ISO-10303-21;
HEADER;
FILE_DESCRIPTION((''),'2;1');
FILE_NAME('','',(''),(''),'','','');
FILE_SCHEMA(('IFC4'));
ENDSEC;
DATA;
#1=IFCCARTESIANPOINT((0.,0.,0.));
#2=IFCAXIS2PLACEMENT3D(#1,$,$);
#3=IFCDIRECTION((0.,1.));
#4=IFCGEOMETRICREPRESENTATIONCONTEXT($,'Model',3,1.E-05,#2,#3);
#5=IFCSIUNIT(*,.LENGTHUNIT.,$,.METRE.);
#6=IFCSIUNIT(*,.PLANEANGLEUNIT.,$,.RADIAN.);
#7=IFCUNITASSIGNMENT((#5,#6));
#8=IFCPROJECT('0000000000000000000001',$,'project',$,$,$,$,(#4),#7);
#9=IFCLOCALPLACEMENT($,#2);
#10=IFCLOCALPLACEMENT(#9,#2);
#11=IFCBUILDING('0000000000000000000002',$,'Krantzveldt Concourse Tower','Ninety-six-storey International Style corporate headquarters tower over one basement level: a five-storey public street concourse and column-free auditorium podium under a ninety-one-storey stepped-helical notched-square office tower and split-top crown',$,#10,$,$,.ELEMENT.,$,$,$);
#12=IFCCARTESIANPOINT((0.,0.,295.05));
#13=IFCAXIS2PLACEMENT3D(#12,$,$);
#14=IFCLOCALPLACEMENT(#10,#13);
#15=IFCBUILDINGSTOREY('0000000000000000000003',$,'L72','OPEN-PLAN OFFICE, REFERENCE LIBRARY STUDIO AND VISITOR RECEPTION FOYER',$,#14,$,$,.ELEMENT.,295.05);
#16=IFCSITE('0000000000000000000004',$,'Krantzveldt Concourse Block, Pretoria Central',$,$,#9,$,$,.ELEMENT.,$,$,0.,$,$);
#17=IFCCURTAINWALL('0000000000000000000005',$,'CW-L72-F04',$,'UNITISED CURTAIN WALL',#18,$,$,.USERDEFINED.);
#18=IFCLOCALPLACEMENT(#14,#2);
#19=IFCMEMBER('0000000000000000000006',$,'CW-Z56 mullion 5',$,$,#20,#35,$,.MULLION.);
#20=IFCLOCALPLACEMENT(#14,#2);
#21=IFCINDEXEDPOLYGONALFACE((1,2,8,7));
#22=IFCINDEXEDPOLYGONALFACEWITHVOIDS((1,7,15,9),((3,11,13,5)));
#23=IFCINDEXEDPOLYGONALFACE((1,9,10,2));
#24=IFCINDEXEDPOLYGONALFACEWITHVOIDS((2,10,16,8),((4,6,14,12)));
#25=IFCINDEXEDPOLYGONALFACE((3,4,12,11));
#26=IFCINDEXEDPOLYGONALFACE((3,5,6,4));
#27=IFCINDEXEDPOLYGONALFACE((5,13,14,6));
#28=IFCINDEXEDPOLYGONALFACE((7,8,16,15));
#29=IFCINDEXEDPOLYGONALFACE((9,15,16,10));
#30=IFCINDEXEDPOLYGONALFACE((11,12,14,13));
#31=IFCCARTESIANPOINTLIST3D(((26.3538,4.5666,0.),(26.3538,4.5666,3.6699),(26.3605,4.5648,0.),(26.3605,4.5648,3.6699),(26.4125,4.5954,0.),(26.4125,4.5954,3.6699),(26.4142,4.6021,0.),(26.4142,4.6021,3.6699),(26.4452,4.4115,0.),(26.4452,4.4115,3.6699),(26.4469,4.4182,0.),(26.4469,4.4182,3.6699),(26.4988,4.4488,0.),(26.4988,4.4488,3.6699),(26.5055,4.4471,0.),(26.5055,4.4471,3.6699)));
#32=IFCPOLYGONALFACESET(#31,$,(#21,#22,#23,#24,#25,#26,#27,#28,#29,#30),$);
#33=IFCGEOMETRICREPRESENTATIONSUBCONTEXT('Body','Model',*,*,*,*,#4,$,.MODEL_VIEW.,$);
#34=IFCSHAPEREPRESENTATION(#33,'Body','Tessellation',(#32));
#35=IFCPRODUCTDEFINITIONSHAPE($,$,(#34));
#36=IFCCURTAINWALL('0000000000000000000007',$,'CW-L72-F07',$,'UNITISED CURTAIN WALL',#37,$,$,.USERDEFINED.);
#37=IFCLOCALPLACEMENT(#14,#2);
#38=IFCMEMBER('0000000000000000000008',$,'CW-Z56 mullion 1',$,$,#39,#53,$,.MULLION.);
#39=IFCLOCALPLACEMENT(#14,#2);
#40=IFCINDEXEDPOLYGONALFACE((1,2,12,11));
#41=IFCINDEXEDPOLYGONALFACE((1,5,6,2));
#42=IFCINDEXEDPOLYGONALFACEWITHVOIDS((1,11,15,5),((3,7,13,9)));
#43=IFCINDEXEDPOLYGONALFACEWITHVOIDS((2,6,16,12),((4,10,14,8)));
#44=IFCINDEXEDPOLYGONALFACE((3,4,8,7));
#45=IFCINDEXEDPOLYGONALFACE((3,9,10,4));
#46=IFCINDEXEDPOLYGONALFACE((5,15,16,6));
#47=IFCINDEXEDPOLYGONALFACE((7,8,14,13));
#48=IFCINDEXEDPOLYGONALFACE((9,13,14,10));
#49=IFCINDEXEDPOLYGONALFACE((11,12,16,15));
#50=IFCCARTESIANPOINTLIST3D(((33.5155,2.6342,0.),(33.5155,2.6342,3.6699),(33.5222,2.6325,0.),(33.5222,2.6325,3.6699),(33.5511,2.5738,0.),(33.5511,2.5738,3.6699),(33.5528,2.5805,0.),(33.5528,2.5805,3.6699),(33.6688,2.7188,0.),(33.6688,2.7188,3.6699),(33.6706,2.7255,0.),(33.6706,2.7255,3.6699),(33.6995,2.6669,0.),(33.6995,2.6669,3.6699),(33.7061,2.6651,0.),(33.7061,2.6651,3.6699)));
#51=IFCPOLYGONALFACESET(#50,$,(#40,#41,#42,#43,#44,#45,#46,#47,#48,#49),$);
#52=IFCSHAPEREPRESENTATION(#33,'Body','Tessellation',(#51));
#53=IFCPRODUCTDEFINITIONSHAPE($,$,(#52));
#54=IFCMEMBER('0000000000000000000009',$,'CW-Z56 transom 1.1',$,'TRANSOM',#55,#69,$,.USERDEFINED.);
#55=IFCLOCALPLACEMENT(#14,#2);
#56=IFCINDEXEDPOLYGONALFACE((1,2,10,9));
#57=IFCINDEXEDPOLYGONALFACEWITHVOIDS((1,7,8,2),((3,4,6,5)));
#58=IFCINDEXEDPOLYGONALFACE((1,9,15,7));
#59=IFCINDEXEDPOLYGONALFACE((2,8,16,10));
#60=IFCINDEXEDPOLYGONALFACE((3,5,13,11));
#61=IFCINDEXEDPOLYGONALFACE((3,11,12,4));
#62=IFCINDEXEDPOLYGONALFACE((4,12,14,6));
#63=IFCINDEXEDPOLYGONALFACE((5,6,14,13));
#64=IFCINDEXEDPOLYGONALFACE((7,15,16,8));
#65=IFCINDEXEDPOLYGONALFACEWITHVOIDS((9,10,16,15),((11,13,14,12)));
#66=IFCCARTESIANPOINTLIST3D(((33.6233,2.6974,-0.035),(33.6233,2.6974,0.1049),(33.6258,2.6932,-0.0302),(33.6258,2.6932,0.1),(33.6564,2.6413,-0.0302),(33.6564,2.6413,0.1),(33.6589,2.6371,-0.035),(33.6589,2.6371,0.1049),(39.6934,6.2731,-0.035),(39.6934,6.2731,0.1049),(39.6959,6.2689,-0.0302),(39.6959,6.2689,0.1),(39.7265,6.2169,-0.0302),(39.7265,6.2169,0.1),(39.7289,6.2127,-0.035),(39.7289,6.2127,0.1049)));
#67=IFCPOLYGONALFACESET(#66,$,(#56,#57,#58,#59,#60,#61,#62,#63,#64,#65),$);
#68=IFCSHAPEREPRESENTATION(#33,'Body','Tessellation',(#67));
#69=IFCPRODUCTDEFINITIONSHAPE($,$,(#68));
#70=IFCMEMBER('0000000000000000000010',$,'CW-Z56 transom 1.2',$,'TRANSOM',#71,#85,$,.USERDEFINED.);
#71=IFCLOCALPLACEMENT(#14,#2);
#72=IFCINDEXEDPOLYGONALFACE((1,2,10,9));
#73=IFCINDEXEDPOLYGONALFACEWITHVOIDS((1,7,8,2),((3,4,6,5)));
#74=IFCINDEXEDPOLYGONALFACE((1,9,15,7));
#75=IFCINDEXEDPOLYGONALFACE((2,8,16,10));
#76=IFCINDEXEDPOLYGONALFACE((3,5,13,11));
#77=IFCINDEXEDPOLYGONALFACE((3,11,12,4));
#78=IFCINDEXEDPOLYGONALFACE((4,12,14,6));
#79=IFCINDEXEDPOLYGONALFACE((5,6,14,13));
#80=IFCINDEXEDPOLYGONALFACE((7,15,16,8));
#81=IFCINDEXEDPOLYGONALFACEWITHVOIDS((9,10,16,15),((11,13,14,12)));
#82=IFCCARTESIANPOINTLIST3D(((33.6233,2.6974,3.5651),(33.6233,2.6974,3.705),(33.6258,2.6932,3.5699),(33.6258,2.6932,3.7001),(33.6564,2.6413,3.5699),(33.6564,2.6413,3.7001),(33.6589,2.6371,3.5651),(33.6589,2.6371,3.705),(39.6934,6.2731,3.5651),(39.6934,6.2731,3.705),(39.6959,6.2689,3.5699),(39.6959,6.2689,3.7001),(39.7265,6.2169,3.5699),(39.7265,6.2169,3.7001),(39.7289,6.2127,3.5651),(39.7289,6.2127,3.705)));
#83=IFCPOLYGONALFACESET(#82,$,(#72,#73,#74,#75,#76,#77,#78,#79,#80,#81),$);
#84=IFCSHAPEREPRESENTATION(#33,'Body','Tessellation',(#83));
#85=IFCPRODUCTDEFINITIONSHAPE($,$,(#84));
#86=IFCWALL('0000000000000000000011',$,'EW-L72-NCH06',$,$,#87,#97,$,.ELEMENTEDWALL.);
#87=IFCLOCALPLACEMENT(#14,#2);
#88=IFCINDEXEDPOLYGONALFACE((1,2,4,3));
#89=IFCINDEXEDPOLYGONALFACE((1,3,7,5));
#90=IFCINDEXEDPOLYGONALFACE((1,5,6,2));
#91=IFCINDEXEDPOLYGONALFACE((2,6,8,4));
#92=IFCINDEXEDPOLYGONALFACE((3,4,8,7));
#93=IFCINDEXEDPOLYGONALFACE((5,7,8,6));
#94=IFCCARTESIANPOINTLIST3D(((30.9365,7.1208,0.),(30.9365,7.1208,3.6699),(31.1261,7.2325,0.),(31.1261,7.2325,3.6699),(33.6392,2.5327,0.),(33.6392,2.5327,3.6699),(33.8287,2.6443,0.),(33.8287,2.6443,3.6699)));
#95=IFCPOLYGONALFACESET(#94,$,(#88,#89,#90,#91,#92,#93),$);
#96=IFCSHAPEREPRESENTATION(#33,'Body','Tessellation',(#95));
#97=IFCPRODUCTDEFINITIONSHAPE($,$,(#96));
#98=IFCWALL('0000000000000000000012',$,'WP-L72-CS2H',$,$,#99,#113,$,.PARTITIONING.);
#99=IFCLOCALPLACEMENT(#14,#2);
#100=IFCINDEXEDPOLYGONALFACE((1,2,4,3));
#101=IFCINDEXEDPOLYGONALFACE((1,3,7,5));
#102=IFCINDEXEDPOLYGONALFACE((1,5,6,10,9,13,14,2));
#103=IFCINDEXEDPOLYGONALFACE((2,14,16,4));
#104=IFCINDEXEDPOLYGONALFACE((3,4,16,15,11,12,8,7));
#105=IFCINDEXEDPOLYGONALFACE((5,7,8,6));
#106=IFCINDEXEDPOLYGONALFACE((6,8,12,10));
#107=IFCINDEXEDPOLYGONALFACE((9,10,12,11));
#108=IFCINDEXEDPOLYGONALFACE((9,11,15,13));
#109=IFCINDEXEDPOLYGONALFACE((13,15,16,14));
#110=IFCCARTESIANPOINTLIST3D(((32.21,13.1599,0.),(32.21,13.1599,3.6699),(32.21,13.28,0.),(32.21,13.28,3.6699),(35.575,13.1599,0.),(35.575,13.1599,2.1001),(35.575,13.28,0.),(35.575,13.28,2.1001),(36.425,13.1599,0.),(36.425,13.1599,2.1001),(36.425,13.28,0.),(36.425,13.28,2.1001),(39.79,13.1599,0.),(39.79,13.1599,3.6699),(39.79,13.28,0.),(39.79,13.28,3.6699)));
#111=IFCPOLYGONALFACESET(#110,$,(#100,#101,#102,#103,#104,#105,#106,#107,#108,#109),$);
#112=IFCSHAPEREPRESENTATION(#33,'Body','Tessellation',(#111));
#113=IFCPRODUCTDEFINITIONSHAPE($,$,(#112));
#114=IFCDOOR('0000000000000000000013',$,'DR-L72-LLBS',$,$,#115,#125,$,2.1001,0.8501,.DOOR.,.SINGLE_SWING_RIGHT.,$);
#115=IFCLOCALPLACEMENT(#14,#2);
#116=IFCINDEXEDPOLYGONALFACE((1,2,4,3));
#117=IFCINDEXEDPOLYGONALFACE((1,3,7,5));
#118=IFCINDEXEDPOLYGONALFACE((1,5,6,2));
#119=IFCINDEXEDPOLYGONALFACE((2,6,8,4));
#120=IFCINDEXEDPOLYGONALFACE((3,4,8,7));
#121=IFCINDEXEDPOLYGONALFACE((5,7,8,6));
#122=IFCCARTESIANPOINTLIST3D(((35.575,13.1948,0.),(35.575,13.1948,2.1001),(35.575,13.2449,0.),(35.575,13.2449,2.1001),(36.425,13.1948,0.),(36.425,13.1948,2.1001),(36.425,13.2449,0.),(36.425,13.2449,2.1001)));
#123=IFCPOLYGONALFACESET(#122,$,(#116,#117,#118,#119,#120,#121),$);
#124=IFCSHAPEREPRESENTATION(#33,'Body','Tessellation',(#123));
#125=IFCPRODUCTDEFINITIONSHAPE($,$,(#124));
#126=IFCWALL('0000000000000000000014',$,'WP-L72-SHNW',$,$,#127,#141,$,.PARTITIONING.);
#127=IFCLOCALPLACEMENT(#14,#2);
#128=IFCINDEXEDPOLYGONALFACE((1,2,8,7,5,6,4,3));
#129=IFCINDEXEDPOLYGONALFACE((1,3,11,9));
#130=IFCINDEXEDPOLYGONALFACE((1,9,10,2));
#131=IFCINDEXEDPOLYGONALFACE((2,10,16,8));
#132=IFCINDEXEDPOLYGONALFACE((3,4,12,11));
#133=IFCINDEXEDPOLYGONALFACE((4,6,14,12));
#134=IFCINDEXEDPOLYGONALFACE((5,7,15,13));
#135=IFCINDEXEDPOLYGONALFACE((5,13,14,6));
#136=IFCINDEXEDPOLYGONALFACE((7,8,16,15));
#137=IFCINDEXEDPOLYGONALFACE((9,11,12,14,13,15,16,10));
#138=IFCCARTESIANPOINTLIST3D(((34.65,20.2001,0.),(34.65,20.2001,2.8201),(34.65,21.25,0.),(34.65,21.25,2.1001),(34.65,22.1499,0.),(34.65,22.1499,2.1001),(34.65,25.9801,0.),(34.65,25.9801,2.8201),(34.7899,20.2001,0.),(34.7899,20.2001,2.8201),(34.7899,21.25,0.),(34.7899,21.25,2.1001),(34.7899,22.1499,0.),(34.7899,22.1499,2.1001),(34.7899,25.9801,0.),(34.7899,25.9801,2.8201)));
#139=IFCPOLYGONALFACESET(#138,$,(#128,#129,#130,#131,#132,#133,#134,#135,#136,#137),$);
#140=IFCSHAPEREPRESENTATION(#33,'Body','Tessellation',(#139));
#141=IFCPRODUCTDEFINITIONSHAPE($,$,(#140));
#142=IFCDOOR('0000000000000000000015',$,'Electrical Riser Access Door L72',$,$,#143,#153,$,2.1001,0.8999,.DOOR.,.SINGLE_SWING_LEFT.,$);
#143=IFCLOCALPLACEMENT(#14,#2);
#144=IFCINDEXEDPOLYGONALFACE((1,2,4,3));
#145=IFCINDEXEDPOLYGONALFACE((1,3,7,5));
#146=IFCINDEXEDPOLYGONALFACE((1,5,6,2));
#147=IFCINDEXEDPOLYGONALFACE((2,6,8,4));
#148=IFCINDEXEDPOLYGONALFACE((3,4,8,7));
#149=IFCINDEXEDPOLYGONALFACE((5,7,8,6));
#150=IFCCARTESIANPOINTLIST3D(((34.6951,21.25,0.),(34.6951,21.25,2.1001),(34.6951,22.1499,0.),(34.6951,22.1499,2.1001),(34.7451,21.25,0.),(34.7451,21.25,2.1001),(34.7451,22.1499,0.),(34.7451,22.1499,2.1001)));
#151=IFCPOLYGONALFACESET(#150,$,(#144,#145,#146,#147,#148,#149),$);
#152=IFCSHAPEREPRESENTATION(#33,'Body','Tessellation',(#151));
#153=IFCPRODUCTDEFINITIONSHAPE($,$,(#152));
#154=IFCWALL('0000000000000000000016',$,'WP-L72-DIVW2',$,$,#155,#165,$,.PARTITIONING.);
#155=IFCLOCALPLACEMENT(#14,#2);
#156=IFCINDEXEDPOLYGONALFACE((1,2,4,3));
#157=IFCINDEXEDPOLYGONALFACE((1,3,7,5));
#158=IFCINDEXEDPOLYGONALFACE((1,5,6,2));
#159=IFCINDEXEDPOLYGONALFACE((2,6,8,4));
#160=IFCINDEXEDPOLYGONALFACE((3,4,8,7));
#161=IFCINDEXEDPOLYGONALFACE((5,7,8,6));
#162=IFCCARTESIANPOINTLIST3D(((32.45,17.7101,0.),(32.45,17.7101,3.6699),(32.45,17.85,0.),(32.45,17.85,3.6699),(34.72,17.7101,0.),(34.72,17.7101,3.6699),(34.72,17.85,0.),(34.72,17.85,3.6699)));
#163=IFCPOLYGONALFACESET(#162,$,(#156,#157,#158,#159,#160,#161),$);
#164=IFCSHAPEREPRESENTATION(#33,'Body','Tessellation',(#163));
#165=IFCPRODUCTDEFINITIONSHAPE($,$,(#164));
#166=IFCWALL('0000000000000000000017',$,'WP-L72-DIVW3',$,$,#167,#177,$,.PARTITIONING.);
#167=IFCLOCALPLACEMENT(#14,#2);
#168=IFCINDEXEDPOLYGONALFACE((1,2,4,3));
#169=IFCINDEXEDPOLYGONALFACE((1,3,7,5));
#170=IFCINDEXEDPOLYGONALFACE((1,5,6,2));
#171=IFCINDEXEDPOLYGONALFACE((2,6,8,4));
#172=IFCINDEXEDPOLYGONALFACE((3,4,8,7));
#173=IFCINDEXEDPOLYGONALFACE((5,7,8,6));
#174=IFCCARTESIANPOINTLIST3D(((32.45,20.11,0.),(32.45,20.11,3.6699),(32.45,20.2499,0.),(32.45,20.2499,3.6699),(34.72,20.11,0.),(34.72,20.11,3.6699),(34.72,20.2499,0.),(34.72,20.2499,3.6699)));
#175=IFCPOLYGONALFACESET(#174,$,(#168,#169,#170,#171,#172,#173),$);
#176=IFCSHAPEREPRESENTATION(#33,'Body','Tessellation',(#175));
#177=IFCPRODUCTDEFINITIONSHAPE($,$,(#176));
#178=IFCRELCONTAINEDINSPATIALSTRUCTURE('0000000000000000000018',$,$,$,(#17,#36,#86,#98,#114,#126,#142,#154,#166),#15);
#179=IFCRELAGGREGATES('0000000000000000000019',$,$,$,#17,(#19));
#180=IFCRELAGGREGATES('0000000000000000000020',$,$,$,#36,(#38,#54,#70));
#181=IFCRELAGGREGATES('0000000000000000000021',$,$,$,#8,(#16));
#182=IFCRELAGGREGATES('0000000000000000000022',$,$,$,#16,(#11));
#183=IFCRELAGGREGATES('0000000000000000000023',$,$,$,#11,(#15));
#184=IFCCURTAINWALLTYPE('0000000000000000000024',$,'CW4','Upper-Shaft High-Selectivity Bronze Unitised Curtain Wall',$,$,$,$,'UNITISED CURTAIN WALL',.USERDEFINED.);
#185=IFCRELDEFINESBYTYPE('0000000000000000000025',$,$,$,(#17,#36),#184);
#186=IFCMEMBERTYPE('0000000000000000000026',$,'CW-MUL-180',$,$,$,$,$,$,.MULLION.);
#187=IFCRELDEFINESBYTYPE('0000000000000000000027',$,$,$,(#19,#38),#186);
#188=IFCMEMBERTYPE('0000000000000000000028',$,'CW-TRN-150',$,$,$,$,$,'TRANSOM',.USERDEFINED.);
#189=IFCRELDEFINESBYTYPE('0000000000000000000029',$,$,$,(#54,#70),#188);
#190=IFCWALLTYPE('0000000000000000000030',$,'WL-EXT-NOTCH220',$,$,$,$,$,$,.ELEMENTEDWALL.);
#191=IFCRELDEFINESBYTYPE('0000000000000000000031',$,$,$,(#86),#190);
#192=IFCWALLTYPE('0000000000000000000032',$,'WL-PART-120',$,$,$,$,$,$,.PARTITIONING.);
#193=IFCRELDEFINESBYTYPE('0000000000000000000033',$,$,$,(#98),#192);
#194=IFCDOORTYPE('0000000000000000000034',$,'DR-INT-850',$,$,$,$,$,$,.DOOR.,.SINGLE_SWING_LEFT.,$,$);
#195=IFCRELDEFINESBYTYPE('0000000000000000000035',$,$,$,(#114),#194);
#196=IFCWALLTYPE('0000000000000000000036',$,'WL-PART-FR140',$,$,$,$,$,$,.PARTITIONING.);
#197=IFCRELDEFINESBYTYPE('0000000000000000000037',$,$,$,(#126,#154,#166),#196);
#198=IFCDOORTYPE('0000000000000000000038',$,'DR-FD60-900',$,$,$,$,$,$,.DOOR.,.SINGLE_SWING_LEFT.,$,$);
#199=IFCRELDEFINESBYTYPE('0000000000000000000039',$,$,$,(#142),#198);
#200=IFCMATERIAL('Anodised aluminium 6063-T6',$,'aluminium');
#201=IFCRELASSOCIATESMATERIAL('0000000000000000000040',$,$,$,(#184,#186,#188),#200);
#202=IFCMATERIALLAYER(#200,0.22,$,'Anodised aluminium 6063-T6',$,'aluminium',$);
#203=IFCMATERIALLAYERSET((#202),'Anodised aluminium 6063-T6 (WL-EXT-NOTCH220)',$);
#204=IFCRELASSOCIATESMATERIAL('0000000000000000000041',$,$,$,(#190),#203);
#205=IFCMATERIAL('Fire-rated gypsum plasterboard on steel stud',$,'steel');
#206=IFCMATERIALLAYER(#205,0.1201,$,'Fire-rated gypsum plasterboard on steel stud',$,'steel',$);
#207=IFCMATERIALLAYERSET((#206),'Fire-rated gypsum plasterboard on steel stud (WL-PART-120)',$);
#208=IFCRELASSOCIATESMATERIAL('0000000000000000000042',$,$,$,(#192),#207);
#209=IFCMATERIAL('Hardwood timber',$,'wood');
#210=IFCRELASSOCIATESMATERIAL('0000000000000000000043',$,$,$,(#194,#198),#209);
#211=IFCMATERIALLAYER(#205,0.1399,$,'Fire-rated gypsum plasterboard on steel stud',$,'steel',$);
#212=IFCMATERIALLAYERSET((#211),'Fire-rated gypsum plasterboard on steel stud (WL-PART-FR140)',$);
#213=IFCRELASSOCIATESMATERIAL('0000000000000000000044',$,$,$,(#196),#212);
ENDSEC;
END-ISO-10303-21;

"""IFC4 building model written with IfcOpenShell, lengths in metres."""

from ifc_helpers import new_model, si_unit, direction, frame, frame_2d, origin, origin_2d, place, context, subcontext, project, spatial, rectangle, hollow_rectangle, extrude, source, transform, mapped, material, layer, layer_set, material_profile, profile_set, type_object, type_shapes, element, fill, aggregate, save


model = new_model("IFC4")

# Units and contexts
model_context = context("Model", 3, precision=1e-05, world=origin(), true_north=direction((0.0, 1.0)))
body_context = subcontext(model_context, "Body", "Model", "MODEL_VIEW")
ifc_project = project(units=[si_unit("LENGTHUNIT", "METRE"), si_unit("PLANEANGLEUNIT", "RADIAN")], contexts=[model_context])

# Site, building, storey
site_placement = place(None, origin())
site = spatial("IfcSite", under=ifc_project, at=site_placement, Name="Krantzveldt Concourse Block, Pretoria Central", CompositionType="ELEMENT", RefElevation=0.0)
building_placement = place(site_placement, origin())
building = spatial("IfcBuilding", under=site, at=building_placement, Name="Krantzveldt Concourse Tower", Description="Ninety-six-storey International Style corporate headquarters tower over one basement level: a five-storey public street concourse and column-free auditorium podium under a ninety-one-storey stepped-helical notched-square office tower and split-top crown", CompositionType="ELEMENT")
storey_placement = place(building_placement, frame((0.0, 0.0, 295.05)))
storey = spatial("IfcBuildingStorey", under=building, at=storey_placement, Name="L72", Description="OPEN-PLAN OFFICE, REFERENCE LIBRARY STUDIO AND VISITOR RECEPTION FOYER", CompositionType="ELEMENT", Elevation=295.05)

# Curtain wall, member
ifc_material_1 = material(Name="Anodised aluminium 6063-T6", Category="aluminium")
curtain_wall_type = type_object("IfcCurtainWallType", Name="CW4", Description="Upper-Shaft High-Selectivity Bronze Unitised Curtain Wall", ElementType="UNITISED CURTAIN WALL", PredefinedType="USERDEFINED", material=ifc_material_1)
curtain_wall_1_placement = place(storey_placement, origin())
curtain_wall_1 = element("IfcCurtainWall", 1, at=curtain_wall_1_placement, inside=storey, type_object=curtain_wall_type, Name="CW-L72-F04", ObjectType="UNITISED CURTAIN WALL", PredefinedType="USERDEFINED")
ifc_material_profile_1 = material_profile(ifc_material_1, hollow_rectangle(XDim=0.0701, YDim=0.1799, WallThickness=0.0049, at=origin_2d()), Name="Anodised aluminium 6063-T6", Category="aluminium")
ifc_profile_set_1 = profile_set([ifc_material_profile_1], Name="Anodised aluminium 6063-T6 - ALU-MULL 180x70x5")
member_type_1 = type_object("IfcMemberType", Name="CW-MUL-180", PredefinedType="MULLION", material=ifc_profile_set_1)
shared_shape_1 = source(origin(), body_context, "Body", "SweptSolid", [
    extrude(hollow_rectangle(XDim=0.0701, YDim=0.1799, WallThickness=0.0049, at=origin_2d()), origin(), (0.0, 0.0, 1.0), 3.6699),
])
type_shapes(member_type_1, [shared_shape_1])
member_1_placement = place(storey_placement, frame((26.4297, 4.5068, 0.0), z_axis=(0.0, 0.0, 1.0), x_axis=(0.861629, 0.507538, 0.0)))
member_1 = element("IfcMember", 2, at=member_1_placement, type_object=member_type_1, Name="CW-Z56 mullion 5", PredefinedType="MULLION", context=body_context, shape_type="MappedRepresentation", body=[
    mapped(shared_shape_1, transform((0.0, 0.0, 0.0), x_axis=(1.0, 0.0, 0.0), y_axis=(0.0, 1.0, 0.0), z_axis=(0.0, 0.0, 1.0), scale=1.0)),
])
aggregate(curtain_wall_1, [member_1])

# Curtain wall, members
curtain_wall_2_placement = place(storey_placement, origin())
curtain_wall_2 = element("IfcCurtainWall", 3, at=curtain_wall_2_placement, inside=storey, type_object=curtain_wall_type, Name="CW-L72-F07", ObjectType="UNITISED CURTAIN WALL", PredefinedType="USERDEFINED")
member_2_placement = place(storey_placement, frame((33.6108, 2.6497, 0.0), z_axis=(0.0, 0.0, 1.0), x_axis=(-0.507538, 0.861629, 0.0)))
member_2 = element("IfcMember", 4, at=member_2_placement, type_object=member_type_1, Name="CW-Z56 mullion 1", PredefinedType="MULLION", context=body_context, shape_type="MappedRepresentation", body=[
    mapped(shared_shape_1, transform((0.0, 0.0, 0.0), x_axis=(1.0, 0.0, 0.0), y_axis=(0.0, 1.0, 0.0), z_axis=(0.0, 0.0, 1.0), scale=1.0)),
])
ifc_material_profile_2 = material_profile(ifc_material_1, hollow_rectangle(XDim=0.0701, YDim=0.1399, WallThickness=0.0049, at=origin_2d()), Name="Anodised aluminium 6063-T6", Category="aluminium")
ifc_profile_set_2 = profile_set([ifc_material_profile_2], Name="Anodised aluminium 6063-T6 - ALU-TRAN 140x70x5")
member_type_2 = type_object("IfcMemberType", Name="CW-TRN-150", ElementType="TRANSOM", PredefinedType="USERDEFINED", material=ifc_profile_set_2)
shared_shape_2 = source(origin(), body_context, "Body", "SweptSolid", [
    extrude(hollow_rectangle(XDim=0.0701, YDim=0.1399, WallThickness=0.0049, at=origin_2d()), origin(), (0.0, 0.0, 1.0), 7.0449),
])
type_shapes(member_type_2, [shared_shape_2])
member_3_placement = place(storey_placement, frame((33.6411, 2.6672, 0.0349), z_axis=(0.86162, 0.507553, 0.0), x_axis=(-0.507553, 0.86162, 0.0)))
member_3 = element("IfcMember", 5, at=member_3_placement, type_object=member_type_2, Name="CW-Z56 transom 1.1", ObjectType="TRANSOM", PredefinedType="USERDEFINED", context=body_context, shape_type="MappedRepresentation", body=[
    mapped(shared_shape_2, transform((0.0, 0.0, 0.0), x_axis=(1.0, 0.0, 0.0), y_axis=(0.0, 1.0, 0.0), z_axis=(0.0, 0.0, 1.0), scale=1.0)),
])
member_4_placement = place(storey_placement, frame((33.6411, 2.6672, 3.635), z_axis=(0.86162, 0.507553, 0.0), x_axis=(-0.507553, 0.86162, 0.0)))
member_4 = element("IfcMember", 6, at=member_4_placement, type_object=member_type_2, Name="CW-Z56 transom 1.2", ObjectType="TRANSOM", PredefinedType="USERDEFINED", context=body_context, shape_type="MappedRepresentation", body=[
    mapped(shared_shape_2, transform((0.0, 0.0, 0.0), x_axis=(1.0, 0.0, 0.0), y_axis=(0.0, 1.0, 0.0), z_axis=(0.0, 0.0, 1.0), scale=1.0)),
])
aggregate(curtain_wall_2, [member_2, member_3, member_4])

# Wall
ifc_layer_1 = layer(ifc_material_1, 0.22, Name="Anodised aluminium 6063-T6", Category="aluminium")
ifc_layer_set_1 = layer_set([ifc_layer_1], Name="Anodised aluminium 6063-T6 (WL-EXT-NOTCH220)")
wall_type_1 = type_object("IfcWallType", Name="WL-EXT-NOTCH220", PredefinedType="ELEMENTEDWALL", material=ifc_layer_set_1)
wall_1_placement = place(storey_placement, frame((31.0312, 7.1768, 0.0), z_axis=(0.0, 0.0, 1.0), x_axis=(0.507541, -0.861628, 0.0)))
element("IfcWall", 7, at=wall_1_placement, inside=storey, type_object=wall_type_1, Name="EW-L72-NCH06", PredefinedType="ELEMENTEDWALL", context=body_context, shape_type="SweptSolid", body=[
    extrude(rectangle(XDim=5.325, YDim=0.22, at=frame_2d((2.6626, 0.0))), origin(), (0.0, 0.0, 1.0), 3.6699),
])

# Walls, openings, doors
ifc_material_2 = material(Name="Fire-rated gypsum plasterboard on steel stud", Category="steel")
ifc_layer_2 = layer(ifc_material_2, 0.1201, Name="Fire-rated gypsum plasterboard on steel stud", Category="steel")
ifc_layer_set_2 = layer_set([ifc_layer_2], Name="Fire-rated gypsum plasterboard on steel stud (WL-PART-120)")
wall_type_2 = type_object("IfcWallType", Name="WL-PART-120", PredefinedType="PARTITIONING", material=ifc_layer_set_2)
wall_2_placement = place(storey_placement, frame((32.21, 13.22, 0.0), z_axis=(0.0, 0.0, 1.0), x_axis=(1.0, 0.0, 0.0)))
wall_2 = element("IfcWall", 8, at=wall_2_placement, inside=storey, type_object=wall_type_2, Name="WP-L72-CS2H", PredefinedType="PARTITIONING", context=body_context, shape_type="SweptSolid", body=[
    extrude(rectangle(XDim=7.5801, YDim=0.1201, at=frame_2d((3.79, 0.0))), origin(), (0.0, 0.0, 1.0), 3.6699),
])
opening_1_placement = place(wall_2_placement, frame((3.365, 0.0, 0.0)))
opening_1 = element("IfcOpeningElement", 9, at=opening_1_placement, cuts=wall_2, PredefinedType="OPENING", context=body_context, shape_type="SweptSolid", body=[
    extrude(rectangle(XDim=0.8501, YDim=2.1001, at=frame_2d((0.425, 1.05))), frame((0.0, 0.0701, 0.0), z_axis=(0.0, -1.0, 0.0), x_axis=(1.0, 0.0, 0.0)), (0.0, 0.0, 1.0), 0.1401),
])
ifc_material_3 = material(Name="Hardwood timber", Category="wood")
door_type_1 = type_object("IfcDoorType", Name="DR-INT-850", OperationType="SINGLE_SWING_LEFT", PredefinedType="DOOR", material=ifc_material_3)
door_1_placement = place(opening_1_placement, origin())
door_1 = element("IfcDoor", 10, at=door_1_placement, inside=storey, type_object=door_type_1, Name="DR-L72-LLBS", OperationType="SINGLE_SWING_RIGHT", OverallHeight=2.1001, OverallWidth=0.8501, PredefinedType="DOOR", context=body_context, shape_type="SweptSolid", body=[
    extrude(rectangle(XDim=0.8501, YDim=2.1001, at=frame_2d((0.425, 1.05))), frame((0.0, 0.0249, 0.0), z_axis=(0.0, -1.0, 0.0), x_axis=(1.0, 0.0, 0.0)), (0.0, 0.0, 1.0), 0.05),
])
fill(opening_1, door_1)
ifc_layer_3 = layer(ifc_material_2, 0.1399, Name="Fire-rated gypsum plasterboard on steel stud", Category="steel")
ifc_layer_set_3 = layer_set([ifc_layer_3], Name="Fire-rated gypsum plasterboard on steel stud (WL-PART-FR140)")
wall_type_3 = type_object("IfcWallType", Name="WL-PART-FR140", PredefinedType="PARTITIONING", material=ifc_layer_set_3)
wall_3_placement = place(storey_placement, frame((34.72, 20.2, 0.0), z_axis=(0.0, 0.0, 1.0), x_axis=(0.0, 1.0, 0.0)))
wall_3 = element("IfcWall", 11, at=wall_3_placement, inside=storey, type_object=wall_type_3, Name="WP-L72-SHNW", PredefinedType="PARTITIONING", context=body_context, shape_type="SweptSolid", body=[
    extrude(rectangle(XDim=5.78, YDim=0.1399, at=frame_2d((2.8901, 0.0))), origin(), (0.0, 0.0, 1.0), 2.8201),
])
opening_2_placement = place(wall_3_placement, frame((1.05, 0.0, 0.0)))
opening_2 = element("IfcOpeningElement", 12, at=opening_2_placement, cuts=wall_3, PredefinedType="OPENING", context=body_context, shape_type="SweptSolid", body=[
    extrude(rectangle(XDim=0.8999, YDim=2.1001, at=frame_2d((0.45, 1.05))), frame((0.0, 0.0801, 0.0), z_axis=(0.0, -1.0, 0.0), x_axis=(1.0, 0.0, 0.0)), (0.0, 0.0, 1.0), 0.1599),
])
door_type_2 = type_object("IfcDoorType", Name="DR-FD60-900", OperationType="SINGLE_SWING_LEFT", PredefinedType="DOOR", material=ifc_material_3)
door_2_placement = place(opening_2_placement, origin())
door_2 = element("IfcDoor", 13, at=door_2_placement, inside=storey, type_object=door_type_2, Name="Electrical Riser Access Door L72", OperationType="SINGLE_SWING_LEFT", OverallHeight=2.1001, OverallWidth=0.8999, PredefinedType="DOOR", context=body_context, shape_type="SweptSolid", body=[
    extrude(rectangle(XDim=0.8999, YDim=2.1001, at=frame_2d((0.45, 1.05))), frame((0.0, 0.0249, 0.0), z_axis=(0.0, -1.0, 0.0), x_axis=(1.0, 0.0, 0.0)), (0.0, 0.0, 1.0), 0.05),
])
fill(opening_2, door_2)

# Walls
for number, where, z_axis, x_axis, name in (
    (14, (32.45, 17.78, 0.0), (0.0, 0.0, 1.0), (1.0, 0.0, 0.0), "WP-L72-DIVW2"),
    (15, (32.45, 20.1799, 0.0), (0.0, 0.0, 1.0), (1.0, 0.0, 0.0), "WP-L72-DIVW3"),
):
    element("IfcWall", number, at=place(storey_placement, frame(where, z_axis=z_axis, x_axis=x_axis)), inside=storey, type_object=wall_type_3, Name=name, PredefinedType="PARTITIONING", context=body_context, shape_type="SweptSolid", body=[
        extrude(rectangle(XDim=2.27, YDim=0.1399, at=frame_2d((1.135, 0.0))), origin(), (0.0, 0.0, 1.0), 3.6699),
    ])

save(model, "model.ifc")
